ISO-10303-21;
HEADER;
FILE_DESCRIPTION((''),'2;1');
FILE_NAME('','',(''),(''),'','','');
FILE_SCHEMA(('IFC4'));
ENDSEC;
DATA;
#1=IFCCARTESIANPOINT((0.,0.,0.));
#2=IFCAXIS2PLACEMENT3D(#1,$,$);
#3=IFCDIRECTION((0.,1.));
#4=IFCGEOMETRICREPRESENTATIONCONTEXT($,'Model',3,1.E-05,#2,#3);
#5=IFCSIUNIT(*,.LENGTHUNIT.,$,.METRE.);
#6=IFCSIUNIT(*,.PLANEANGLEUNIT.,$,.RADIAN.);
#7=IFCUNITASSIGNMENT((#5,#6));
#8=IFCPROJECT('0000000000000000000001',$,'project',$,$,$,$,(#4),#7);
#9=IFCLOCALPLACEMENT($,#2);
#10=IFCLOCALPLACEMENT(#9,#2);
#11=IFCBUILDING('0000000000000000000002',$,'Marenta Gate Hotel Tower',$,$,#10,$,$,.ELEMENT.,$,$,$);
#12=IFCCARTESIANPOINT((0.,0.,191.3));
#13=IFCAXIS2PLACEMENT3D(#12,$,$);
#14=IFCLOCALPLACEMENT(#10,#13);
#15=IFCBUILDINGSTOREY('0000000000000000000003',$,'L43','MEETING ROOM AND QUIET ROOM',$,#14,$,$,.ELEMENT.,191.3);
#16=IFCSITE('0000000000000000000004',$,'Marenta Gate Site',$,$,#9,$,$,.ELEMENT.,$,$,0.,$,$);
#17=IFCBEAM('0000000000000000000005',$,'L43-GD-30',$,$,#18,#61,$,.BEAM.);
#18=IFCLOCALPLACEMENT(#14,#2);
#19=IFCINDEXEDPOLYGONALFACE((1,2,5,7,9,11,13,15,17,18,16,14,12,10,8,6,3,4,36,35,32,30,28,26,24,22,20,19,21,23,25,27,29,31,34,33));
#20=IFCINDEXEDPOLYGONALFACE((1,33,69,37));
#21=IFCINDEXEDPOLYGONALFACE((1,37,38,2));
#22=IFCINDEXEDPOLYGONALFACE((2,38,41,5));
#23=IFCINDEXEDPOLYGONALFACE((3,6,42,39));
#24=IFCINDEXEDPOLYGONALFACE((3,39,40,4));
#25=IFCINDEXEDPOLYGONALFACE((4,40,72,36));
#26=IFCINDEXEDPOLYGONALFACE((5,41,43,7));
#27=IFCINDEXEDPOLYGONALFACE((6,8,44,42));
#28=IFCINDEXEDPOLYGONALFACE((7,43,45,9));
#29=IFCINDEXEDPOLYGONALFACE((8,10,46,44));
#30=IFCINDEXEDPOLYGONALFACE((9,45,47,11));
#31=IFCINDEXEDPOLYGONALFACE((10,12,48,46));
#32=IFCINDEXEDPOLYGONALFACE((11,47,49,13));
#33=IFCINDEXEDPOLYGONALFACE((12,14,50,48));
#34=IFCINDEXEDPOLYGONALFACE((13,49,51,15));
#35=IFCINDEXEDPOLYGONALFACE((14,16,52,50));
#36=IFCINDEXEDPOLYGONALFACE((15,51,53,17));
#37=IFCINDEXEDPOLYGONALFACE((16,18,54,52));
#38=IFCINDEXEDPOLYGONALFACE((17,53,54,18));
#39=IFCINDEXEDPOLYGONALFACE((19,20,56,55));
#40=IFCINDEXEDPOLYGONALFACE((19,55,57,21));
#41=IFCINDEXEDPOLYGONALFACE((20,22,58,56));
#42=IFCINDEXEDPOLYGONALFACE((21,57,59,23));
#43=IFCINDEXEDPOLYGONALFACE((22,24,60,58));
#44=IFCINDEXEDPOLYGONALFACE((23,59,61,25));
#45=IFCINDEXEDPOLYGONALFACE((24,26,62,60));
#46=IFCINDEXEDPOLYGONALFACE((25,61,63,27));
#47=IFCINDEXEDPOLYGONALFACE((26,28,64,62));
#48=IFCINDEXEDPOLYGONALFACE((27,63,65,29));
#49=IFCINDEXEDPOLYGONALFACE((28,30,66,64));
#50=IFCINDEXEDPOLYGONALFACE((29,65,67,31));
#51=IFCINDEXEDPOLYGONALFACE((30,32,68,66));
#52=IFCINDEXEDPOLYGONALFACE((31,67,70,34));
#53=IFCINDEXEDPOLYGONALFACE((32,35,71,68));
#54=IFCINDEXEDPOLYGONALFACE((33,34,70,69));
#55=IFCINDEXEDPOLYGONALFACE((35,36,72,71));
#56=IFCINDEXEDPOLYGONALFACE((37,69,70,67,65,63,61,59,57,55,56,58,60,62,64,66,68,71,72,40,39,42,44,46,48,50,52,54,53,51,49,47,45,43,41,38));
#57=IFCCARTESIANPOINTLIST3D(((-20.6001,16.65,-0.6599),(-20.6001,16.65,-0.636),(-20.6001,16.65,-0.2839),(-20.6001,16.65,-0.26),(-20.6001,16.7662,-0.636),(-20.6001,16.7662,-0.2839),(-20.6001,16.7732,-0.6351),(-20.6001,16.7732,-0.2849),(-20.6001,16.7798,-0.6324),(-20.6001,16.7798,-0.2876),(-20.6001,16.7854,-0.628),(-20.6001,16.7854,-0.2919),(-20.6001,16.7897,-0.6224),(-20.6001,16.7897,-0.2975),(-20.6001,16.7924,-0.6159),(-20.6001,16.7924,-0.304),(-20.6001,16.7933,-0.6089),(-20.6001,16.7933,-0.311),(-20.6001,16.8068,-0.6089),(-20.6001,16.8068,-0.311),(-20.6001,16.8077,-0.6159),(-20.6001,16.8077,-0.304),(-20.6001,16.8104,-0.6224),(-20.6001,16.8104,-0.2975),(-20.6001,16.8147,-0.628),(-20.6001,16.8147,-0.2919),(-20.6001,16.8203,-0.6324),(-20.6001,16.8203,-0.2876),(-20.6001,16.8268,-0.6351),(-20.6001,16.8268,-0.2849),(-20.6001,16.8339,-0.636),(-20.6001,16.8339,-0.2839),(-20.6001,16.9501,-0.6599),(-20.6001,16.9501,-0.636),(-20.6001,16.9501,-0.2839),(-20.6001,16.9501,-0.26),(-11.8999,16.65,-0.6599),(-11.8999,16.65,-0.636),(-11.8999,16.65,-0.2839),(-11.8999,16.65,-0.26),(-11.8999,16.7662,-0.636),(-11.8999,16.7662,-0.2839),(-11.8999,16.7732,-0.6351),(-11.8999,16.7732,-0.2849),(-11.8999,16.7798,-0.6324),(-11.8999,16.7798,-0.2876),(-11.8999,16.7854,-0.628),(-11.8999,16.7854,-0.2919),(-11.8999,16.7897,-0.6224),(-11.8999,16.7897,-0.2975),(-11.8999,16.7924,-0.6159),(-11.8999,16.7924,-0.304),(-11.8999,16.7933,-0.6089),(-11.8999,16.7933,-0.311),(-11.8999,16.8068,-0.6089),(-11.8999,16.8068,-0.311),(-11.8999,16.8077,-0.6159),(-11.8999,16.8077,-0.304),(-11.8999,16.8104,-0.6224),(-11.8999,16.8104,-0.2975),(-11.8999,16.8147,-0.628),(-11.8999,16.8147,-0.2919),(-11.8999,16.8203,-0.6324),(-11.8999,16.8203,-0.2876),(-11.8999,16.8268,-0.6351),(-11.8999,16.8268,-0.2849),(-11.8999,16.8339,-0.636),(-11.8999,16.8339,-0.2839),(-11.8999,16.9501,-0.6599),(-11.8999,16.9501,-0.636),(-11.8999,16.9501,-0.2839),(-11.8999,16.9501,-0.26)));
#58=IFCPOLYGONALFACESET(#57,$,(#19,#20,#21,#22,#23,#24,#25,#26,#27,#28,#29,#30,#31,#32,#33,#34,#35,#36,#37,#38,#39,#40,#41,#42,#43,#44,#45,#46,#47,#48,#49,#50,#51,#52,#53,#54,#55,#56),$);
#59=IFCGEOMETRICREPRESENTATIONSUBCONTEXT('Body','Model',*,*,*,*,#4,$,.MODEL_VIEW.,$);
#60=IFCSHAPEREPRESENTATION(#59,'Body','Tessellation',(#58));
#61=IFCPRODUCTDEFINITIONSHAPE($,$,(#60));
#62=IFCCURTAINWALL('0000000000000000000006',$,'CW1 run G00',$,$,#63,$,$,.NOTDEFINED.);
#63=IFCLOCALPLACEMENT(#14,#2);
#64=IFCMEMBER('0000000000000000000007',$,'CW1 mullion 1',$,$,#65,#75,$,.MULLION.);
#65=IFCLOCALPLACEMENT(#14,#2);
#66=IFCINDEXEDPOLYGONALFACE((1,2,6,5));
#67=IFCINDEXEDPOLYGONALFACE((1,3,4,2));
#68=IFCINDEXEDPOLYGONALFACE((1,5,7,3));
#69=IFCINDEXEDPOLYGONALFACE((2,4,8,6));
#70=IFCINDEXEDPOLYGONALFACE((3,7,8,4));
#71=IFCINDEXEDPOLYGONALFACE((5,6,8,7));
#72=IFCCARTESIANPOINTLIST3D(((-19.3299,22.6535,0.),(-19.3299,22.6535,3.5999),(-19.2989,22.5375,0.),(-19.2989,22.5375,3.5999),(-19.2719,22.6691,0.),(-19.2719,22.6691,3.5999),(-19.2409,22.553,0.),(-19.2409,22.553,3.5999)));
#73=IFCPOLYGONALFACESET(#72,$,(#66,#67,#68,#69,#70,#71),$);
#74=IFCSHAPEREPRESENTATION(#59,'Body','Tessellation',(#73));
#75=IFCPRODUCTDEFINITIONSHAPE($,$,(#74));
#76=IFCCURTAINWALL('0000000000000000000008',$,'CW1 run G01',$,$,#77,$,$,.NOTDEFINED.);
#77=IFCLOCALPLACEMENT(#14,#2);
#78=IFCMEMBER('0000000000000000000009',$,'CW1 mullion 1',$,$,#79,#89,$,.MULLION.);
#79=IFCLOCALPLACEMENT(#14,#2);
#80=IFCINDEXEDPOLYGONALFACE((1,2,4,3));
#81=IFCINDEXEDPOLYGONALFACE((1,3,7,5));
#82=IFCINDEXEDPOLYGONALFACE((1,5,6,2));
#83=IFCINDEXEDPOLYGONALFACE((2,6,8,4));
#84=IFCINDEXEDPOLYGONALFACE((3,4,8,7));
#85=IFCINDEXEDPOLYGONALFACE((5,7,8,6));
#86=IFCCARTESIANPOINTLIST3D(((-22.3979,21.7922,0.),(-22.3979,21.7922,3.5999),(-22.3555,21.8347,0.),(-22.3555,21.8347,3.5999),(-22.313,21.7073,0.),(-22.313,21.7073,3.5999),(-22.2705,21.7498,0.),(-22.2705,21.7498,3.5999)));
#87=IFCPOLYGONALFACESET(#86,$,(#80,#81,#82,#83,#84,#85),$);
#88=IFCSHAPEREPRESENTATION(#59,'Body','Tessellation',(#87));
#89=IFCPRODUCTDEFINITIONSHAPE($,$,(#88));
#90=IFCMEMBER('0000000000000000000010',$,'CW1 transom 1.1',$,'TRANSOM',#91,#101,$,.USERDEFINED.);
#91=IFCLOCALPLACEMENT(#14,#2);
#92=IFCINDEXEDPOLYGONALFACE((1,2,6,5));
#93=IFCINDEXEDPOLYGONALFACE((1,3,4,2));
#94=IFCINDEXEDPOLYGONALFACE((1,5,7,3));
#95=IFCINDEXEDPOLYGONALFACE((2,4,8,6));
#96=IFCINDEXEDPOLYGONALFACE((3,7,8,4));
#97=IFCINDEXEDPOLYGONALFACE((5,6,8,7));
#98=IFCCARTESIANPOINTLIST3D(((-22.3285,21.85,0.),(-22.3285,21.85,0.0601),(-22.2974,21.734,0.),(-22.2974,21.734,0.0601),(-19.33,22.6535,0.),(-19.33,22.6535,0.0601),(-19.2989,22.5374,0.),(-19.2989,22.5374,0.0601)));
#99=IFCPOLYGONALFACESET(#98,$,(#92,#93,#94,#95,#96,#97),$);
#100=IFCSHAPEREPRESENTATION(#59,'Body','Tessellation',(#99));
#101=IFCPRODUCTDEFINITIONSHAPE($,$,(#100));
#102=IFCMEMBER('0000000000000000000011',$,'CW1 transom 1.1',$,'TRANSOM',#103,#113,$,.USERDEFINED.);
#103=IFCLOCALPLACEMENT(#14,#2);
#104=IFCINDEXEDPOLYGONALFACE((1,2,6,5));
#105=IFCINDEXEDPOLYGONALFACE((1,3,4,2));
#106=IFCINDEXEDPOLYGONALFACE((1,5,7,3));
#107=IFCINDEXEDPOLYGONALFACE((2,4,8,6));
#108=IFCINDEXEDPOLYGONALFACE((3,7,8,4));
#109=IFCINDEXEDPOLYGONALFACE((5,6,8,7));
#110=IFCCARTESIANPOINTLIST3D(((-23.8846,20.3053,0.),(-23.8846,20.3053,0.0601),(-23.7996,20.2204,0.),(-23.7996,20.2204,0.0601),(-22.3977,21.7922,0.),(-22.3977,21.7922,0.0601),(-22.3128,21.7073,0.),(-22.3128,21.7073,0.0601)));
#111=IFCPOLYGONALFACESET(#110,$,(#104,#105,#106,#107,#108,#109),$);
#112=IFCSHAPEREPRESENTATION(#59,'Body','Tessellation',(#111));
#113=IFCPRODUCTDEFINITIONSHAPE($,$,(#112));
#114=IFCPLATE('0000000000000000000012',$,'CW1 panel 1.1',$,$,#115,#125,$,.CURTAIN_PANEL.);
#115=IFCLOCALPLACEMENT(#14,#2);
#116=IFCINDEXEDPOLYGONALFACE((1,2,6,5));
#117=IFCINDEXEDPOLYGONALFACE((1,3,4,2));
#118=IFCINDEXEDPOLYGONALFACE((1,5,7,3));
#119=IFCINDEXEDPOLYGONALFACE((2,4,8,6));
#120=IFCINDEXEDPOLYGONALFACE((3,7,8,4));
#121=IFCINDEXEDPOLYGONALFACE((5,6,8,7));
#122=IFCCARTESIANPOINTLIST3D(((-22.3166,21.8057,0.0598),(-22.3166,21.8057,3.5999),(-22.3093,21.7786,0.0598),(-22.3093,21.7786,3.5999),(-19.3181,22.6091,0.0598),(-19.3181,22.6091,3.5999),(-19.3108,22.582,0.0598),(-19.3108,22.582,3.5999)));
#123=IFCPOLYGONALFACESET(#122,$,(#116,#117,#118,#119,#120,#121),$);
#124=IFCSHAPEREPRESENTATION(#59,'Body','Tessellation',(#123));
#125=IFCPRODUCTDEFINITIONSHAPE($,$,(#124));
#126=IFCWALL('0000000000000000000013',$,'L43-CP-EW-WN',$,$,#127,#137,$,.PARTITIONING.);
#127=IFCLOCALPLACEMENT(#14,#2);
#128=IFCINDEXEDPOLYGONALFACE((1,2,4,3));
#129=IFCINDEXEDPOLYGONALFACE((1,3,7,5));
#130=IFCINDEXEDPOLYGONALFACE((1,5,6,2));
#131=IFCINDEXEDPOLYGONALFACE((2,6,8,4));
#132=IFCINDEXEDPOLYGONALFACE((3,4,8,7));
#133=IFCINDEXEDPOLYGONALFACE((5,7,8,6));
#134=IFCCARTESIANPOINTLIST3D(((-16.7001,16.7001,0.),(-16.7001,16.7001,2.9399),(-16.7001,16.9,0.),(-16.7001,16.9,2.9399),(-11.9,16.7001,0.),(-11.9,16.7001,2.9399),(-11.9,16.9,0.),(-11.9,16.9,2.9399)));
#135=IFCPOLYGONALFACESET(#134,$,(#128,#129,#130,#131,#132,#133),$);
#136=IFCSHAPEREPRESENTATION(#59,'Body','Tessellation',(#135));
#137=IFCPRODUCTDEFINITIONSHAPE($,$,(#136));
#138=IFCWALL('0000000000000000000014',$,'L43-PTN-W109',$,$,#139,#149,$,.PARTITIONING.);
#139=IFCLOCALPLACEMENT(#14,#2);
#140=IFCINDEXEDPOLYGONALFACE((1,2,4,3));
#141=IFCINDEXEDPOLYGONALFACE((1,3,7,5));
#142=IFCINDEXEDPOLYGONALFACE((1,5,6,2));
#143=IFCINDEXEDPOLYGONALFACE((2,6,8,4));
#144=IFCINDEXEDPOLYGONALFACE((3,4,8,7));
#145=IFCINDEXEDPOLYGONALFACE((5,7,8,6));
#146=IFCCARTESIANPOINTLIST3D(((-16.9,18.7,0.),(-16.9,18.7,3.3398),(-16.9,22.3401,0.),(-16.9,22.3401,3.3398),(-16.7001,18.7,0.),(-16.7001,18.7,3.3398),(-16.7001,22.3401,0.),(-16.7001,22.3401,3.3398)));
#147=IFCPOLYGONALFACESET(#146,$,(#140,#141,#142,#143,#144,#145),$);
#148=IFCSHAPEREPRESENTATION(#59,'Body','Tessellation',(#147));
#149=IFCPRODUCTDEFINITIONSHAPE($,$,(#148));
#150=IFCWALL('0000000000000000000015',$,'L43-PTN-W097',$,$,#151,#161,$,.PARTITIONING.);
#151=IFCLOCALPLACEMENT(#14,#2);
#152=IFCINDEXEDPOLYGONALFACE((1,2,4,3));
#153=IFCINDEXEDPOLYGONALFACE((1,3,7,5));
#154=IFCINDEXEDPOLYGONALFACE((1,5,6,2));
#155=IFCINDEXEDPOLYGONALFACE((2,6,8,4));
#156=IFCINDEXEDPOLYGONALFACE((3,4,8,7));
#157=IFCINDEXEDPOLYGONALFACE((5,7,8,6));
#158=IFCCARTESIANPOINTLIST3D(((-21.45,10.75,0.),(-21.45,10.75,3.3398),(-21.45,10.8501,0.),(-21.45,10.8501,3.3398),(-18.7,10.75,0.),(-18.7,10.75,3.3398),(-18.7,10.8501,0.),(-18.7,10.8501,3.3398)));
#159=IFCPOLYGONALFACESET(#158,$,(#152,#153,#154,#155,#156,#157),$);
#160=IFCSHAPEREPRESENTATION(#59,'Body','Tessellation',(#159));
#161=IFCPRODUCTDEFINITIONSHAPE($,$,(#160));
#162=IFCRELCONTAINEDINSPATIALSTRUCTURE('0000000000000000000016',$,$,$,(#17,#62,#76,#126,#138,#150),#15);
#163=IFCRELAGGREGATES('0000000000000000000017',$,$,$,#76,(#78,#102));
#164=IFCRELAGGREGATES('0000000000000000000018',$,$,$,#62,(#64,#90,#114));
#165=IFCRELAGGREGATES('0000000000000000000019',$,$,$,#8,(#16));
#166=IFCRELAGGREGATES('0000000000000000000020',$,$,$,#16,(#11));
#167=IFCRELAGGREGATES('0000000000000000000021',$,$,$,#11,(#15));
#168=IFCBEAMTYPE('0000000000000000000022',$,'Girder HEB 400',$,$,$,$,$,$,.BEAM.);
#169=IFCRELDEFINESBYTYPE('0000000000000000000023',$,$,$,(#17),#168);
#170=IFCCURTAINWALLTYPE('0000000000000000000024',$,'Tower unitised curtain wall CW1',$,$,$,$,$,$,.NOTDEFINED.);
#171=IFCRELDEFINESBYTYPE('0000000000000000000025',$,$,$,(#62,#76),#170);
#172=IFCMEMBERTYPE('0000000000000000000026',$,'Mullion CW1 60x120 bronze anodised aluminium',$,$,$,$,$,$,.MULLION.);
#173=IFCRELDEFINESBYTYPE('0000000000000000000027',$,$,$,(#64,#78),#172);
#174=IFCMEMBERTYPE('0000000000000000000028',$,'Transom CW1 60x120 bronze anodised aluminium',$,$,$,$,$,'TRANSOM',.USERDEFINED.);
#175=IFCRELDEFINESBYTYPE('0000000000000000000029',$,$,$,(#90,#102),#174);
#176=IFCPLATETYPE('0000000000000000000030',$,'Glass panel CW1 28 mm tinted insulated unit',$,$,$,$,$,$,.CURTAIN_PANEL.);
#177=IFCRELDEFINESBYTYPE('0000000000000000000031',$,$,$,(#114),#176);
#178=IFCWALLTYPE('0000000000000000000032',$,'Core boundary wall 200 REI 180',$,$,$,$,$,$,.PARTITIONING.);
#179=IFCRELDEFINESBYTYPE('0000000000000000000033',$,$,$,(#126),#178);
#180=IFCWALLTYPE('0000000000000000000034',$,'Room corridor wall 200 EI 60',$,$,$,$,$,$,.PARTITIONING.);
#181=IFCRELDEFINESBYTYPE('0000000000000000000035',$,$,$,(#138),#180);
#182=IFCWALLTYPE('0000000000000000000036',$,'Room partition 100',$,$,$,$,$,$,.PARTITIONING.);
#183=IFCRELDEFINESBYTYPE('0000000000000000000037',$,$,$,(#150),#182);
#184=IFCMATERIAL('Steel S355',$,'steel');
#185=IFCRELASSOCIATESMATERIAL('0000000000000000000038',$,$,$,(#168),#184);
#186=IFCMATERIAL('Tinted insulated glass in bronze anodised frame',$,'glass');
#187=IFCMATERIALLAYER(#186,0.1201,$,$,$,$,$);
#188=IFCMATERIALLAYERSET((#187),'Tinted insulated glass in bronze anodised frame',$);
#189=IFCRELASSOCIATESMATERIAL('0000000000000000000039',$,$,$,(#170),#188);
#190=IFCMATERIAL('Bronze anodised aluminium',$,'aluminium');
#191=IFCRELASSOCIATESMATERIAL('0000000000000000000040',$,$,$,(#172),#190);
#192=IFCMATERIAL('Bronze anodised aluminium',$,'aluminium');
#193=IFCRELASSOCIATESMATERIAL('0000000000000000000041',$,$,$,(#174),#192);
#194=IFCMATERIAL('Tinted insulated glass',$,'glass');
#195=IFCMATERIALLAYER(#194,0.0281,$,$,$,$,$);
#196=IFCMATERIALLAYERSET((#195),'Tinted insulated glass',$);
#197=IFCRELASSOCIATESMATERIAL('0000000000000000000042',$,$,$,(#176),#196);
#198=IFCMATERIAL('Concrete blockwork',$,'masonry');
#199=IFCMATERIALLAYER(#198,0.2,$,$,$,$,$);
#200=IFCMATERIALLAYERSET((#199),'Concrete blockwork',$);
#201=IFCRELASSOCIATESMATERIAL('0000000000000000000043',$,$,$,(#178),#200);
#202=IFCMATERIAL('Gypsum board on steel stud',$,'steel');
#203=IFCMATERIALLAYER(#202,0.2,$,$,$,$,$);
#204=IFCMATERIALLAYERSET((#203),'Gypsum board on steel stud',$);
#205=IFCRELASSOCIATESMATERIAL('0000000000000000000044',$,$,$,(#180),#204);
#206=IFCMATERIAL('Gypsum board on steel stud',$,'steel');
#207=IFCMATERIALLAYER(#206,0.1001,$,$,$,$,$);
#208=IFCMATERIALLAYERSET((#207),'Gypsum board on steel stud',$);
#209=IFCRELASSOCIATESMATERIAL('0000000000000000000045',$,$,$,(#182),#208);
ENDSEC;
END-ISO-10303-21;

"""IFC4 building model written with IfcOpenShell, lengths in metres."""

from ifc_helpers import new_model, si_unit, direction, frame, frame_2d, origin, origin_2d, place, context, subcontext, project, spatial, rectangle, i_section, extrude, material, layer, layer_set, material_profile, profile_set, type_object, element, aggregate, save


model = new_model("IFC4")

# Units and contexts
model_context = context("Model", 3, precision=1e-05, world=origin(), true_north=direction((0.0, 1.0)))
body_context = subcontext(model_context, "Body", "Model", "MODEL_VIEW")
ifc_project = project(units=[si_unit("LENGTHUNIT", "METRE"), si_unit("PLANEANGLEUNIT", "RADIAN")], contexts=[model_context])

# Site, building, storey
site_placement = place(None, origin())
site = spatial("IfcSite", under=ifc_project, at=site_placement, Name="Marenta Gate Site", CompositionType="ELEMENT", RefElevation=0.0)
building_placement = place(site_placement, origin())
building = spatial("IfcBuilding", under=site, at=building_placement, Name="Marenta Gate Hotel Tower", CompositionType="ELEMENT")
storey_placement = place(building_placement, frame((0.0, 0.0, 191.3)))
storey = spatial("IfcBuildingStorey", under=building, at=storey_placement, Name="L43", Description="MEETING ROOM AND QUIET ROOM", CompositionType="ELEMENT", Elevation=191.3)

# Beam
ifc_material_1 = material(Name="Steel S355", Category="steel")
ifc_material_profile_1 = material_profile(ifc_material_1, i_section(OverallWidth=0.3, OverallDepth=0.3999, WebThickness=0.0134, FlangeThickness=0.0239, FilletRadius=0.0271, at=origin_2d()), Name="HEB 400")
ifc_profile_set_1 = profile_set([ifc_material_profile_1], Name="Steel S355")
beam_type_1 = type_object("IfcBeamType", Name="Girder HEB 400", PredefinedType="BEAM", material=ifc_profile_set_1)
beam_1_placement = place(storey_placement, frame((-20.6001, 16.8, -0.46), z_axis=(1.0, 0.0, 0.0), x_axis=(0.0, 1.0, 0.0)))
element("IfcBeam", 1, at=beam_1_placement, inside=storey, type_object=beam_type_1, Name="L43-GD-30", PredefinedType="BEAM", context=body_context, shape_type="SweptSolid", body=[
    extrude(i_section(OverallWidth=0.3, OverallDepth=0.3999, WebThickness=0.0134, FlangeThickness=0.0239, FilletRadius=0.0271, at=origin_2d()), origin(), (0.0, 0.0, 1.0), 8.7002),
])

# Curtain walls, members
ifc_material_2 = material(Name="Tinted insulated glass in bronze anodised frame", Category="glass")
ifc_layer_1 = layer(ifc_material_2, 0.1201)
ifc_layer_set_1 = layer_set([ifc_layer_1], Name="Tinted insulated glass in bronze anodised frame")
curtain_wall_type = type_object("IfcCurtainWallType", Name="Tower unitised curtain wall CW1", PredefinedType="NOTDEFINED", material=ifc_layer_set_1)
curtain_wall_1_placement = place(storey_placement, origin())
curtain_wall_1 = element("IfcCurtainWall", 2, at=curtain_wall_1_placement, inside=storey, type_object=curtain_wall_type, Name="CW1 run G00", PredefinedType="NOTDEFINED")
ifc_material_3 = material(Name="Bronze anodised aluminium", Category="aluminium")
ifc_material_profile_2 = material_profile(ifc_material_3, rectangle(XDim=0.1201, YDim=0.0601, at=origin_2d()), Name="Mullion CW1 60x120 bronze anodised aluminium")
ifc_profile_set_2 = profile_set([ifc_material_profile_2], Name="Bronze anodised aluminium")
member_type_1 = type_object("IfcMemberType", Name="Mullion CW1 60x120 bronze anodised aluminium", PredefinedType="MULLION", material=ifc_profile_set_2)
member_1_placement = place(storey_placement, frame((-19.2854, 22.6033, 0.0), z_axis=(0.0, 0.0, 1.0), x_axis=(0.258801, -0.965931, 0.0)))
member_1 = element("IfcMember", 3, at=member_1_placement, type_object=member_type_1, Name="CW1 mullion 1", PredefinedType="MULLION", context=body_context, shape_type="SweptSolid", body=[
    extrude(rectangle(XDim=0.1201, YDim=0.0601, at=origin_2d()), origin(), (0.0, 0.0, 1.0), 3.5999),
])
curtain_wall_2_placement = place(storey_placement, origin())
curtain_wall_2 = element("IfcCurtainWall", 4, at=curtain_wall_2_placement, inside=storey, type_object=curtain_wall_type, Name="CW1 run G01", PredefinedType="NOTDEFINED")
member_2_placement = place(storey_placement, frame((-22.3342, 21.771, 0.0), z_axis=(0.0, 0.0, 1.0), x_axis=(0.707107, -0.707107, 0.0)))
member_2 = element("IfcMember", 5, at=member_2_placement, type_object=member_type_1, Name="CW1 mullion 1", PredefinedType="MULLION", context=body_context, shape_type="SweptSolid", body=[
    extrude(rectangle(XDim=0.1201, YDim=0.0601, at=origin_2d()), origin(), (0.0, 0.0, 1.0), 3.5999),
])

# Members
ifc_material_4 = material(Name="Bronze anodised aluminium", Category="aluminium")
ifc_material_profile_3 = material_profile(ifc_material_4, rectangle(XDim=0.1201, YDim=0.0601, at=origin_2d()), Name="Transom CW1 60x120 bronze anodised aluminium")
ifc_profile_set_3 = profile_set([ifc_material_profile_3], Name="Bronze anodised aluminium")
member_type_2 = type_object("IfcMemberType", Name="Transom CW1 60x120 bronze anodised aluminium", ElementType="TRANSOM", PredefinedType="USERDEFINED", material=ifc_profile_set_3)
member_3_placement = place(storey_placement, frame((-19.3145, 22.5955, 0.03), z_axis=(-0.965925, -0.258823, 0.0), x_axis=(0.258823, -0.965925, 0.0)))
member_3 = element("IfcMember", 6, at=member_3_placement, type_object=member_type_2, Name="CW1 transom 1.1", ObjectType="TRANSOM", PredefinedType="USERDEFINED", context=body_context, shape_type="SweptSolid", body=[
    extrude(rectangle(XDim=0.1201, YDim=0.0601, at=origin_2d()), origin(), (0.0, 0.0, 1.0), 3.1042),
])
member_4_placement = place(storey_placement, frame((-22.3552, 21.7498, 0.03), z_axis=(-0.707107, -0.707107, 0.0), x_axis=(0.707107, -0.707107, 0.0)))
member_4 = element("IfcMember", 7, at=member_4_placement, type_object=member_type_2, Name="CW1 transom 1.1", ObjectType="TRANSOM", PredefinedType="USERDEFINED", context=body_context, shape_type="SweptSolid", body=[
    extrude(rectangle(XDim=0.1201, YDim=0.0601, at=origin_2d()), origin(), (0.0, 0.0, 1.0), 2.1028),
])
aggregate(curtain_wall_2, [member_2, member_4])

# Plate
ifc_material_5 = material(Name="Tinted insulated glass", Category="glass")
ifc_layer_2 = layer(ifc_material_5, 0.0281)
ifc_layer_set_2 = layer_set([ifc_layer_2], Name="Tinted insulated glass")
plate_type = type_object("IfcPlateType", Name="Glass panel CW1 28 mm tinted insulated unit", PredefinedType="CURTAIN_PANEL", material=ifc_layer_set_2)
plate_placement = place(storey_placement, frame((-20.8137, 22.1938, 0.0598), z_axis=(0.0, 0.0, 1.0), x_axis=(-0.965931, -0.258801, 0.0)))
plate = element("IfcPlate", 8, at=plate_placement, type_object=plate_type, Name="CW1 panel 1.1", PredefinedType="CURTAIN_PANEL", context=body_context, shape_type="SweptSolid", body=[
    extrude(rectangle(XDim=3.1042, YDim=0.0281, at=origin_2d()), origin(), (0.0, 0.0, 1.0), 3.54),
])
aggregate(curtain_wall_1, [member_1, member_3, plate])

# Walls
ifc_material_6 = material(Name="Concrete blockwork", Category="masonry")
ifc_layer_3 = layer(ifc_material_6, 0.2)
ifc_layer_set_3 = layer_set([ifc_layer_3], Name="Concrete blockwork")
wall_type_1 = type_object("IfcWallType", Name="Core boundary wall 200 REI 180", PredefinedType="PARTITIONING", material=ifc_layer_set_3)
wall_1_placement = place(storey_placement, frame((-16.7, 16.8, 0.0), z_axis=(0.0, 0.0, 1.0), x_axis=(1.0, 0.0, 0.0)))
element("IfcWall", 9, at=wall_1_placement, inside=storey, type_object=wall_type_1, Name="L43-CP-EW-WN", PredefinedType="PARTITIONING", context=body_context, shape_type="SweptSolid", body=[
    extrude(rectangle(XDim=4.8, YDim=0.2, at=frame_2d((2.3999, 0.0))), origin(), (0.0, 0.0, 1.0), 2.9399),
])
ifc_material_7 = material(Name="Gypsum board on steel stud", Category="steel")
ifc_layer_4 = layer(ifc_material_7, 0.2)
ifc_layer_set_4 = layer_set([ifc_layer_4], Name="Gypsum board on steel stud")
wall_type_2 = type_object("IfcWallType", Name="Room corridor wall 200 EI 60", PredefinedType="PARTITIONING", material=ifc_layer_set_4)
wall_2_placement = place(storey_placement, frame((-16.8, 18.7, 0.0), z_axis=(0.0, 0.0, 1.0), x_axis=(0.0, 1.0, 0.0)))
element("IfcWall", 10, at=wall_2_placement, inside=storey, type_object=wall_type_2, Name="L43-PTN-W109", PredefinedType="PARTITIONING", context=body_context, shape_type="SweptSolid", body=[
    extrude(rectangle(XDim=3.6401, YDim=0.2, at=frame_2d((1.8201, 0.0))), origin(), (0.0, 0.0, 1.0), 3.3398),
])

# Wall
ifc_material_8 = material(Name="Gypsum board on steel stud", Category="steel")
ifc_layer_5 = layer(ifc_material_8, 0.1001)
ifc_layer_set_5 = layer_set([ifc_layer_5], Name="Gypsum board on steel stud")
wall_type_3 = type_object("IfcWallType", Name="Room partition 100", PredefinedType="PARTITIONING", material=ifc_layer_set_5)
wall_3_placement = place(storey_placement, frame((-21.45, 10.8, 0.0), z_axis=(0.0, 0.0, 1.0), x_axis=(1.0, 0.0, 0.0)))
element("IfcWall", 11, at=wall_3_placement, inside=storey, type_object=wall_type_3, Name="L43-PTN-W097", PredefinedType="PARTITIONING", context=body_context, shape_type="SweptSolid", body=[
    extrude(rectangle(XDim=2.75, YDim=0.1001, at=frame_2d((1.375, 0.0))), origin(), (0.0, 0.0, 1.0), 3.3398),
])

save(model, "model.ifc")
